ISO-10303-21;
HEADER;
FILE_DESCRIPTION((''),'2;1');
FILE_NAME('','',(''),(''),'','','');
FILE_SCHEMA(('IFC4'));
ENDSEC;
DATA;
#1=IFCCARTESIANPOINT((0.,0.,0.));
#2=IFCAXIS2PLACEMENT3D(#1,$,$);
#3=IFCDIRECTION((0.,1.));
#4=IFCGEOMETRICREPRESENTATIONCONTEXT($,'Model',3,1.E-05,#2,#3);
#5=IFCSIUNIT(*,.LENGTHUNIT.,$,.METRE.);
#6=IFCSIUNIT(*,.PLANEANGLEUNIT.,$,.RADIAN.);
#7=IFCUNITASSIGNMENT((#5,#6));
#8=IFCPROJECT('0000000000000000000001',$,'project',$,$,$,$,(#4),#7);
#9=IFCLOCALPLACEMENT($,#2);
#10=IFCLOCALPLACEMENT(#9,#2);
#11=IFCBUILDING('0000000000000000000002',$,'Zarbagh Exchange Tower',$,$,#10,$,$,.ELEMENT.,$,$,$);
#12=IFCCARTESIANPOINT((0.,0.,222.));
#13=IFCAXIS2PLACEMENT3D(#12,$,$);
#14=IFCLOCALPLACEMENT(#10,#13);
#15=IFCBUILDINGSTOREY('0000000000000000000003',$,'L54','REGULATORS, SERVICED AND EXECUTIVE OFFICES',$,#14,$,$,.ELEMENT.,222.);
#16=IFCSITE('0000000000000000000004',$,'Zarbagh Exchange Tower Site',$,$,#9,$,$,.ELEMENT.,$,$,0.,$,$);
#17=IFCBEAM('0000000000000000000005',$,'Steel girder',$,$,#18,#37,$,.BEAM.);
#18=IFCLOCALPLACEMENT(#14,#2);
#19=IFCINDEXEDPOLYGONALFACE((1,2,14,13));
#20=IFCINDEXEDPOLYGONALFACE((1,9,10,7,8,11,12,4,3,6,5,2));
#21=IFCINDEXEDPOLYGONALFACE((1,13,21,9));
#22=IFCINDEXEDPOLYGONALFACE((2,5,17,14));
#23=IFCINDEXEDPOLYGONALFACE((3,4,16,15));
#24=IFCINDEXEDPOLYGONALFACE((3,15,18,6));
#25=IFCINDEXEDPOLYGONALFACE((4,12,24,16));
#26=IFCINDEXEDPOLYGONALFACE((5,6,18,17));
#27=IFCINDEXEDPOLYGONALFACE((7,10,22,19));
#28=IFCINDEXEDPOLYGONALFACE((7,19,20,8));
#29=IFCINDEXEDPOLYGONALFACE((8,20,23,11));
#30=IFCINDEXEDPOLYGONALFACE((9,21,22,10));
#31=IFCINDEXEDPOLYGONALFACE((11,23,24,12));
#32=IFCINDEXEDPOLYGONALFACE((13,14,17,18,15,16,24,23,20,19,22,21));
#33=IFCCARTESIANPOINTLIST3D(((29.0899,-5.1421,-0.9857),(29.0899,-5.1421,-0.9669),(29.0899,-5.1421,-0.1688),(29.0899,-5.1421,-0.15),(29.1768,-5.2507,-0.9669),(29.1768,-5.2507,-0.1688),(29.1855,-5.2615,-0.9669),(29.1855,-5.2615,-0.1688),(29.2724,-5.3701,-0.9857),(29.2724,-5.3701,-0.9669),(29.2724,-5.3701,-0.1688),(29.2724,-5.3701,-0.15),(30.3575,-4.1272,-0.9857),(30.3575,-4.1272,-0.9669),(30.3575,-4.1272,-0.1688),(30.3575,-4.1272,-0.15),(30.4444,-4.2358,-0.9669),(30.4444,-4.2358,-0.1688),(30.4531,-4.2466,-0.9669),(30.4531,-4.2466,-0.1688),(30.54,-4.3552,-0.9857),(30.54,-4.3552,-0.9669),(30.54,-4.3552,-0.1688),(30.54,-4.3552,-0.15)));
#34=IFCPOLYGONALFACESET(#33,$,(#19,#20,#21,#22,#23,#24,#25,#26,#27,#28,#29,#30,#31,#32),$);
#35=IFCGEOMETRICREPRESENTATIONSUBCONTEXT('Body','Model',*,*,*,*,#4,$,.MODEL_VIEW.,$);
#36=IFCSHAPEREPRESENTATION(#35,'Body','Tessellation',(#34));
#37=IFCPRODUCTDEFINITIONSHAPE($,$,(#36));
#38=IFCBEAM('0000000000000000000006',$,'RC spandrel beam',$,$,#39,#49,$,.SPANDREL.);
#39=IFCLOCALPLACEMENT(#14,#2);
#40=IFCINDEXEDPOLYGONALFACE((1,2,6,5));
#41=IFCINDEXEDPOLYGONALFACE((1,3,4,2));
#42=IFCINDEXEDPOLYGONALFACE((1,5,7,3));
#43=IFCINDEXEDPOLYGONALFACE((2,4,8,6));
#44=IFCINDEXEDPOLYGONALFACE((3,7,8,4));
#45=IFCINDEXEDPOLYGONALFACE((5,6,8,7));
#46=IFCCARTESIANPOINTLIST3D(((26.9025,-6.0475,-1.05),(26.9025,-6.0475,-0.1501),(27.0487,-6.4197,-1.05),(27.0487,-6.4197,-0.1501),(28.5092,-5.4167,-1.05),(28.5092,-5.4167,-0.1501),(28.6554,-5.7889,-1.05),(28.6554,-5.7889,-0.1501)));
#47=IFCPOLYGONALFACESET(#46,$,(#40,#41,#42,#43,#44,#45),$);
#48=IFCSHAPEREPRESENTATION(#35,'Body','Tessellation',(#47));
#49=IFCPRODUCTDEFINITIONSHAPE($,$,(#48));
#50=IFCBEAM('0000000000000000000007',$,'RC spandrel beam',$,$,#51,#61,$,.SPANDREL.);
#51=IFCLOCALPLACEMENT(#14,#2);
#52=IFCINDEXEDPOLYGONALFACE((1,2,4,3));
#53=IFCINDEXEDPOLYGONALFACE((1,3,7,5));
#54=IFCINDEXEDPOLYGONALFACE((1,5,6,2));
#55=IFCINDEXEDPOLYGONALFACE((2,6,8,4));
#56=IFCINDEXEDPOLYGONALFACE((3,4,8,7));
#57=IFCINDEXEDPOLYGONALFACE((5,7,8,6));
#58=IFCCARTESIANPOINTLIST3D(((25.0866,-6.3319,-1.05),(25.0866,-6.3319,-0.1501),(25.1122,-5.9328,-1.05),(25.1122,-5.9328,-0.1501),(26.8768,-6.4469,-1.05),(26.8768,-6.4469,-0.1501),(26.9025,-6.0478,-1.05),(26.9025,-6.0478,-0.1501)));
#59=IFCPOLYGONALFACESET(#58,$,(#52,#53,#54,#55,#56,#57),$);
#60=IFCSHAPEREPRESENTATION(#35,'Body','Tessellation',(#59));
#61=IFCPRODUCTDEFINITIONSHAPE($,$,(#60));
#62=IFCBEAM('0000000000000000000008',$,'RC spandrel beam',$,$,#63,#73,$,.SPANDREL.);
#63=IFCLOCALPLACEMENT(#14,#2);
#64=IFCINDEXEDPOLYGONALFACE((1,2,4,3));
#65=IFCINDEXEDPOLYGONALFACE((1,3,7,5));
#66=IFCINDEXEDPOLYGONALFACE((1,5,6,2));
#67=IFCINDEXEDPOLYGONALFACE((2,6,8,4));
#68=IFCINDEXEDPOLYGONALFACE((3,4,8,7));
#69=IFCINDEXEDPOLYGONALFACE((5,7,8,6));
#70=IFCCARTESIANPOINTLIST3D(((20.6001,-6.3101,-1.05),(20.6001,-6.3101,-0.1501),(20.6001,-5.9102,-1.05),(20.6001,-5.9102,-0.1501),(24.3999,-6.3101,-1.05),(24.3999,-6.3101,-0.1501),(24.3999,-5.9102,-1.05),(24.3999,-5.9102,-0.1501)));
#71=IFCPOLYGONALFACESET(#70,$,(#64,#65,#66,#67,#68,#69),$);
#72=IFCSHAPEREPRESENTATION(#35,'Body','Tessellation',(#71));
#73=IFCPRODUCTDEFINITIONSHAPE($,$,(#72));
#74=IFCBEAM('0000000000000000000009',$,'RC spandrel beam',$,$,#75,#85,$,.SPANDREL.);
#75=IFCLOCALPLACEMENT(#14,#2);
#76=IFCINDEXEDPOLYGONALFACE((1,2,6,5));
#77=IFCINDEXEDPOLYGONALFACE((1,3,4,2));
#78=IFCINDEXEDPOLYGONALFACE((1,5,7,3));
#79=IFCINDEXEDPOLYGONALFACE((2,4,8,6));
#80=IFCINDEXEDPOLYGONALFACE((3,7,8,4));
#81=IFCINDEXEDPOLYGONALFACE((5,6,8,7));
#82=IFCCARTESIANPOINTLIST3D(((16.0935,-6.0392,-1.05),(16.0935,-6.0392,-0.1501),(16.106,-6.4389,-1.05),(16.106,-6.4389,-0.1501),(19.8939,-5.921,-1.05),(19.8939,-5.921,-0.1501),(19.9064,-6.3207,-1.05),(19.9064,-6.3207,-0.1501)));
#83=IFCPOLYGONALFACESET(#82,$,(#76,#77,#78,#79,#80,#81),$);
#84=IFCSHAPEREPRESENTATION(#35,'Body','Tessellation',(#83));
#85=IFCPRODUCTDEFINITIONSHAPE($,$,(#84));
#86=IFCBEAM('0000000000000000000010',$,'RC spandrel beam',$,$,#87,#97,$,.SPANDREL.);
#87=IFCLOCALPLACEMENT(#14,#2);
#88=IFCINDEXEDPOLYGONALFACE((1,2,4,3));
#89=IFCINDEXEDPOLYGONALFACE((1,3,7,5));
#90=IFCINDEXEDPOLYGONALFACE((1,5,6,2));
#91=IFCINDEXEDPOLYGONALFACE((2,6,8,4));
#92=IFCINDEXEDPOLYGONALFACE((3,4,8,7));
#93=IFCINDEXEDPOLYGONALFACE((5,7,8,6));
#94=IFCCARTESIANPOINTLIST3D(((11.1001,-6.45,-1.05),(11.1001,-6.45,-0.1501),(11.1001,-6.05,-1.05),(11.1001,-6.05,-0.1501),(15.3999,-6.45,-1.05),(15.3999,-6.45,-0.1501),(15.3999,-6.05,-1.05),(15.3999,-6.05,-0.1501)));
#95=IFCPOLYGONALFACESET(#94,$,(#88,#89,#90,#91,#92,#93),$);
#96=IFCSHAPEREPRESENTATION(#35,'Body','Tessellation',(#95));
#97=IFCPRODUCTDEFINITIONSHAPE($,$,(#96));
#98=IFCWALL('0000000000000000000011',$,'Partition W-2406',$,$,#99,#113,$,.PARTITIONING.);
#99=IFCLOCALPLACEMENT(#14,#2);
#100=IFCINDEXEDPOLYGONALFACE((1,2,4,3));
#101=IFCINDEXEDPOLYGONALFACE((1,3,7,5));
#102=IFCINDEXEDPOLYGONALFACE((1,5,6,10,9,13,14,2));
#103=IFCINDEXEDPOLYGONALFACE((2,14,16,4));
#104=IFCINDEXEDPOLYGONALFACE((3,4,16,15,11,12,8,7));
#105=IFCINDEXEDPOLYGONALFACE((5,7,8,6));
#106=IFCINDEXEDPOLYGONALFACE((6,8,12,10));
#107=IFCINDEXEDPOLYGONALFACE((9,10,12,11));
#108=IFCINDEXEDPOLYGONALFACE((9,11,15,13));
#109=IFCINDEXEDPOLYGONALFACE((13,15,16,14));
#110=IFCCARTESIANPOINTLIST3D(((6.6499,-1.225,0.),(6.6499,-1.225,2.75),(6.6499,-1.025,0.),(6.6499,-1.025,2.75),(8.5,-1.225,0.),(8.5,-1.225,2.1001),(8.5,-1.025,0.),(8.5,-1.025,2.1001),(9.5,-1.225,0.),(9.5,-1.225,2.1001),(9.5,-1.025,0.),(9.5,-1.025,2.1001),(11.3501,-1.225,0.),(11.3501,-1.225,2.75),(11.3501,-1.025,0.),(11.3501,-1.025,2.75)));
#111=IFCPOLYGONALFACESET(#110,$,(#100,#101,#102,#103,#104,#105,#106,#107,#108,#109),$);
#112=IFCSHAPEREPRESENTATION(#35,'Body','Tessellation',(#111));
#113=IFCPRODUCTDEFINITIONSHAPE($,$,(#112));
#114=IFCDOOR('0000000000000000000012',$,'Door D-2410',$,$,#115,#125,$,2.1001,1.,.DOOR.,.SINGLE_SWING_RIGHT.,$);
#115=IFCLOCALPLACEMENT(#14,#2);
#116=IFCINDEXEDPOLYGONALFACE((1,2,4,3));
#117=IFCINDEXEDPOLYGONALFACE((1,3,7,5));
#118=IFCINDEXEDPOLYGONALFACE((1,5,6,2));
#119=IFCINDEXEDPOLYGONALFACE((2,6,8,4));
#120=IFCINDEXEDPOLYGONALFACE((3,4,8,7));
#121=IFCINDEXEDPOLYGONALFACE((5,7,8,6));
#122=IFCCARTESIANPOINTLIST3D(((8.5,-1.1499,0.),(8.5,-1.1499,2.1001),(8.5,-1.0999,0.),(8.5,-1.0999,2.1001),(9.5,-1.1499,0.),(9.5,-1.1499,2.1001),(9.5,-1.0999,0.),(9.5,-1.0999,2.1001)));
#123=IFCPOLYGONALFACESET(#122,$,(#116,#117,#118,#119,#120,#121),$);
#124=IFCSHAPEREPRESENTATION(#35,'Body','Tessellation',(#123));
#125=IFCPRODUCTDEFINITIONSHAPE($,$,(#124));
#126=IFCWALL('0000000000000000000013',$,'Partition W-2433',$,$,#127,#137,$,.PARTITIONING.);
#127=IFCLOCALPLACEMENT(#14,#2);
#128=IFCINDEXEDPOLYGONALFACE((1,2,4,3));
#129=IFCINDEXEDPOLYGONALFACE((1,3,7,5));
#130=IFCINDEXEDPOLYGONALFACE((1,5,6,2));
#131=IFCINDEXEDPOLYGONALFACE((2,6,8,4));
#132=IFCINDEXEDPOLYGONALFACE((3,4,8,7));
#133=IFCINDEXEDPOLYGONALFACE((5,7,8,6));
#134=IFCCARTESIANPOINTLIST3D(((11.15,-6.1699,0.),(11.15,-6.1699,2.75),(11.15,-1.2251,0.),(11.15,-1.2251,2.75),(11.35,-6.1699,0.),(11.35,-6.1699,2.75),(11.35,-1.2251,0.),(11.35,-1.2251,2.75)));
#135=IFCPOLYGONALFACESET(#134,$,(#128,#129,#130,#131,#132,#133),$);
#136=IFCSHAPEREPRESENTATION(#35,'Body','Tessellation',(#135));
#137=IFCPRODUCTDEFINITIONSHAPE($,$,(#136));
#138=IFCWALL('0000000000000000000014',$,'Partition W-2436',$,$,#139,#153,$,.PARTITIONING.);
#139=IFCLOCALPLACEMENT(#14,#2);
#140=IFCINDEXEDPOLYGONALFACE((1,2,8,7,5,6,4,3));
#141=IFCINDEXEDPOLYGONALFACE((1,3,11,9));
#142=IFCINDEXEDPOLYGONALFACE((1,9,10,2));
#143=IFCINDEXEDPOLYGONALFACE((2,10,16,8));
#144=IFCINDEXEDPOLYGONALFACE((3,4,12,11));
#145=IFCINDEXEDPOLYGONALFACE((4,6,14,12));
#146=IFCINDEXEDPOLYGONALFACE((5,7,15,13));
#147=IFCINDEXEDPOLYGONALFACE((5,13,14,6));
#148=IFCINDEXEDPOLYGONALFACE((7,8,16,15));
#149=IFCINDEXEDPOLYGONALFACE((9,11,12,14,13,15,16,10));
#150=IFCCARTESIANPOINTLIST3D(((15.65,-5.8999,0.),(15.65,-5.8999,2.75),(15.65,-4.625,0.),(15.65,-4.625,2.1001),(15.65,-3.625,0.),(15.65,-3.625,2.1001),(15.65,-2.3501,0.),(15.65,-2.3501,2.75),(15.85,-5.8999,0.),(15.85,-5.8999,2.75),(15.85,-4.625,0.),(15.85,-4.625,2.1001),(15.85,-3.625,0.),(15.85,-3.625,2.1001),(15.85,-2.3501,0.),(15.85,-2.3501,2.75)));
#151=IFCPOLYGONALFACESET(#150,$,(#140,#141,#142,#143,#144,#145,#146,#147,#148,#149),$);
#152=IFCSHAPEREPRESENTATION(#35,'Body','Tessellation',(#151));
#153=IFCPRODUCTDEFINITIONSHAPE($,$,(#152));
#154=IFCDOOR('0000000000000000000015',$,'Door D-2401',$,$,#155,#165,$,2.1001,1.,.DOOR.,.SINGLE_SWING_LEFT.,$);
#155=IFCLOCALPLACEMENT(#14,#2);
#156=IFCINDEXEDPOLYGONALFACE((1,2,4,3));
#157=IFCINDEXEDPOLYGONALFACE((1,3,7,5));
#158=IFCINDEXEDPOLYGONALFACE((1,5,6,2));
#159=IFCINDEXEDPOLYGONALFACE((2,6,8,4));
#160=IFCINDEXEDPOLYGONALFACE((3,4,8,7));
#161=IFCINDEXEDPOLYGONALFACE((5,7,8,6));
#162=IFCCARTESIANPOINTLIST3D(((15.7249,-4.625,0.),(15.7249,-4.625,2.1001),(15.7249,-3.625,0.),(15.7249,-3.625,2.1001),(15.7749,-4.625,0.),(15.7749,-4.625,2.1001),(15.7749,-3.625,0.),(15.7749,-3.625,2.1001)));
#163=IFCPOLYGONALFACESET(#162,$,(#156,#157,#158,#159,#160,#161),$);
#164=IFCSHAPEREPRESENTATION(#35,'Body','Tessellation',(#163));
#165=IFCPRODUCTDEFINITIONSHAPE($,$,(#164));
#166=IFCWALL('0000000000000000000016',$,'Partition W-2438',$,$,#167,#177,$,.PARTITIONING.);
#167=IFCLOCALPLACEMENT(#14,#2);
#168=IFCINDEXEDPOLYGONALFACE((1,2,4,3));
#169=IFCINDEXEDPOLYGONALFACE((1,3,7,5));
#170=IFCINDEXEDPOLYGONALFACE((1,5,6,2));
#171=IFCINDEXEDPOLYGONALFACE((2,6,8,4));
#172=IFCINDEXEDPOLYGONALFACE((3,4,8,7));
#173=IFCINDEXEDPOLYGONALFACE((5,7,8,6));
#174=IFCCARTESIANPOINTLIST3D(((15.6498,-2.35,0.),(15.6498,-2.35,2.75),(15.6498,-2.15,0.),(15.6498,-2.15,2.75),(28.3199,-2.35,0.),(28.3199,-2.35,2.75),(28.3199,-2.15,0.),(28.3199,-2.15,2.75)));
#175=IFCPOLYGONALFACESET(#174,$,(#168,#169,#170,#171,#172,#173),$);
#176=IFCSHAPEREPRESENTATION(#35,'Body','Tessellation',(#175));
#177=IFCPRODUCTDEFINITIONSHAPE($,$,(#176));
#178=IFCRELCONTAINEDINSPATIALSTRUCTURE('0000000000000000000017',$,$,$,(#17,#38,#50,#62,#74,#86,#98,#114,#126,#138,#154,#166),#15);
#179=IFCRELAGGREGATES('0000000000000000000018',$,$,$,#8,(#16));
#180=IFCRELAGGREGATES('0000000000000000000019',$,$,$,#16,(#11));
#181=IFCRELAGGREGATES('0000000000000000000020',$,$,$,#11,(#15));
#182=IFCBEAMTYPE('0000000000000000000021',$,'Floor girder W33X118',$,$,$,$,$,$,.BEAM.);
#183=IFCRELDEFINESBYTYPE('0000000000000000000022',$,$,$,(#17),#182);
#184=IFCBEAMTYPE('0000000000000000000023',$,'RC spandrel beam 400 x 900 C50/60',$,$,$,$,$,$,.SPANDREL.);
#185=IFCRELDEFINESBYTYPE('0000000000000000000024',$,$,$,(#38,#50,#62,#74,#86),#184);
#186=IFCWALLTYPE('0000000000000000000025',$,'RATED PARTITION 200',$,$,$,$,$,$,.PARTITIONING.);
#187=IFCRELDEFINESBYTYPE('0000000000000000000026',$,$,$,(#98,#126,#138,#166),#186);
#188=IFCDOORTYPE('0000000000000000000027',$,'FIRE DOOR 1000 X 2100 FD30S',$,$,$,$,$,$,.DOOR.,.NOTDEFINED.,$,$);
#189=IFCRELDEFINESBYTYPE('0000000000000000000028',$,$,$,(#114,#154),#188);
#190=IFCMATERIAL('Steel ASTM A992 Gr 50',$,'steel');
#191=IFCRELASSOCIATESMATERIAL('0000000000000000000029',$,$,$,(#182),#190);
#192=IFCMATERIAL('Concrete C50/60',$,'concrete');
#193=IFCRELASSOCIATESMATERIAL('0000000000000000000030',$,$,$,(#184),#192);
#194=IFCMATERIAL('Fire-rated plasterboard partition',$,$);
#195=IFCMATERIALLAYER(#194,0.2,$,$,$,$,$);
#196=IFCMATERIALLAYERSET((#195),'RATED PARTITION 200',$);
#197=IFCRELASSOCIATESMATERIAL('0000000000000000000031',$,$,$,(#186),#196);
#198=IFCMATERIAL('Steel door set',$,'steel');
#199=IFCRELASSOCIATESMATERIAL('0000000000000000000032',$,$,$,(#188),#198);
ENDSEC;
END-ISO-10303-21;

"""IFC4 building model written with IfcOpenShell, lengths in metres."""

from ifc_helpers import new_model, si_unit, direction, frame, frame_2d, origin, origin_2d, place, context, subcontext, project, spatial, rectangle, i_section, extrude, material, layer, layer_set, material_profile, profile_set, type_object, element, fill, save


model = new_model("IFC4")

# Units and contexts
model_context = context("Model", 3, precision=1e-05, world=origin(), true_north=direction((0.0, 1.0)))
body_context = subcontext(model_context, "Body", "Model", "MODEL_VIEW")
ifc_project = project(units=[si_unit("LENGTHUNIT", "METRE"), si_unit("PLANEANGLEUNIT", "RADIAN")], contexts=[model_context])

# Site, building, storey
site_placement = place(None, origin())
site = spatial("IfcSite", under=ifc_project, at=site_placement, Name="Zarbagh Exchange Tower Site", CompositionType="ELEMENT", RefElevation=0.0)
building_placement = place(site_placement, origin())
building = spatial("IfcBuilding", under=site, at=building_placement, Name="Zarbagh Exchange Tower", CompositionType="ELEMENT")
storey_placement = place(building_placement, frame((0.0, 0.0, 222.0)))
storey = spatial("IfcBuildingStorey", under=building, at=storey_placement, Name="L54", Description="REGULATORS, SERVICED AND EXECUTIVE OFFICES", CompositionType="ELEMENT", Elevation=222.0)

# Shared definitions
ifc_material_1 = material(Name="Concrete C50/60", Category="concrete")

# Beams
ifc_material_2 = material(Name="Steel ASTM A992 Gr 50", Category="steel")
ifc_material_profile_1 = material_profile(ifc_material_2, i_section(OverallWidth=0.292, OverallDepth=0.8357, WebThickness=0.0139, FlangeThickness=0.0188, at=origin_2d()), Name="W33X118")
ifc_profile_set_1 = profile_set([ifc_material_profile_1], Name="Steel ASTM A992 Gr 50")
beam_type_1 = type_object("IfcBeamType", Name="Floor girder W33X118", PredefinedType="BEAM", material=ifc_profile_set_1)
beam_1_placement = place(storey_placement, frame((30.4487, -4.2412, -0.5679), z_axis=(-0.780619, -0.625007, 0.0), x_axis=(0.625007, -0.780619, 0.0)))
element("IfcBeam", 1, at=beam_1_placement, inside=storey, type_object=beam_type_1, Name="Steel girder", PredefinedType="BEAM", context=body_context, shape_type="SweptSolid", body=[
    extrude(i_section(OverallWidth=0.292, OverallDepth=0.8357, WebThickness=0.0139, FlangeThickness=0.0188, at=origin_2d()), origin(), (0.0, 0.0, 1.0), 1.6238),
])
ifc_material_profile_2 = material_profile(ifc_material_1, rectangle(XDim=0.3999, YDim=0.8999, at=origin_2d()), Name="RC spandrel beam 400 x 900 C50/60")
ifc_profile_set_2 = profile_set([ifc_material_profile_2], Name="Concrete C50/60")
beam_type_2 = type_object("IfcBeamType", Name="RC spandrel beam 400 x 900 C50/60", PredefinedType="SPANDREL", material=ifc_profile_set_2)
beam_2_placement = place(storey_placement, frame((28.5823, -5.6028, -0.6001), z_axis=(-0.930819, -0.365482, 0.0), x_axis=(0.365482, -0.930819, 0.0)))
element("IfcBeam", 2, at=beam_2_placement, inside=storey, type_object=beam_type_2, Name="RC spandrel beam", PredefinedType="SPANDREL", context=body_context, shape_type="SweptSolid", body=[
    extrude(rectangle(XDim=0.3999, YDim=0.8999, at=origin_2d()), origin(), (0.0, 0.0, 1.0), 1.7261),
])
beam_3_placement = place(storey_placement, frame((26.8896, -6.2473, -0.6001), z_axis=(-0.997944, 0.064098, 0.0), x_axis=(-0.064098, -0.997944, 0.0)))
element("IfcBeam", 3, at=beam_3_placement, inside=storey, type_object=beam_type_2, Name="RC spandrel beam", PredefinedType="SPANDREL", context=body_context, shape_type="SweptSolid", body=[
    extrude(rectangle(XDim=0.3999, YDim=0.8999, at=origin_2d()), origin(), (0.0, 0.0, 1.0), 1.7939),
])
beam_4_placement = place(storey_placement, frame((24.3999, -6.1101, -0.6001), z_axis=(-1.0, 0.0, 0.0), x_axis=(0.0, -1.0, 0.0)))
element("IfcBeam", 4, at=beam_4_placement, inside=storey, type_object=beam_type_2, Name="RC spandrel beam", PredefinedType="SPANDREL", context=body_context, shape_type="SweptSolid", body=[
    extrude(rectangle(XDim=0.3999, YDim=0.8999, at=origin_2d()), origin(), (0.0, 0.0, 1.0), 3.7998),
])
beam_5_placement = place(storey_placement, frame((19.9001, -6.1208, -0.6001), z_axis=(-0.999517, -0.031078, 0.0), x_axis=(0.031078, -0.999517, 0.0)))
element("IfcBeam", 5, at=beam_5_placement, inside=storey, type_object=beam_type_2, Name="RC spandrel beam", PredefinedType="SPANDREL", context=body_context, shape_type="SweptSolid", body=[
    extrude(rectangle(XDim=0.3999, YDim=0.8999, at=origin_2d()), origin(), (0.0, 0.0, 1.0), 3.8022),
])
beam_6_placement = place(storey_placement, frame((15.3999, -6.25, -0.6001), z_axis=(-1.0, 0.0, 0.0), x_axis=(0.0, -1.0, 0.0)))
element("IfcBeam", 6, at=beam_6_placement, inside=storey, type_object=beam_type_2, Name="RC spandrel beam", PredefinedType="SPANDREL", context=body_context, shape_type="SweptSolid", body=[
    extrude(rectangle(XDim=0.3999, YDim=0.8999, at=origin_2d()), origin(), (0.0, 0.0, 1.0), 4.2998),
])

# Wall, opening, door
ifc_material_3 = material(Name="Fire-rated plasterboard partition")
ifc_layer = layer(ifc_material_3, 0.2)
ifc_layer_set = layer_set([ifc_layer], Name="RATED PARTITION 200")
wall_type = type_object("IfcWallType", Name="RATED PARTITION 200", PredefinedType="PARTITIONING", material=ifc_layer_set)
wall_1_placement = place(storey_placement, frame((11.3501, -1.125, 0.0), z_axis=(0.0, 0.0, 1.0), x_axis=(-1.0, 0.0, 0.0)))
wall_1 = element("IfcWall", 7, at=wall_1_placement, inside=storey, type_object=wall_type, Name="Partition W-2406", PredefinedType="PARTITIONING", context=body_context, shape_type="SweptSolid", body=[
    extrude(rectangle(XDim=4.7002, YDim=0.2, at=frame_2d((2.3501, 0.0))), origin(), (0.0, 0.0, 1.0), 2.75),
])
opening_1_placement = place(wall_1_placement, frame((1.8501, 0.0, 0.0)))
opening_1 = element("IfcOpeningElement", 8, at=opening_1_placement, cuts=wall_1, PredefinedType="OPENING", context=body_context, shape_type="SweptSolid", body=[
    extrude(rectangle(XDim=1.0, YDim=2.1001, at=frame_2d((0.5, 1.05))), frame((0.0, 0.1099, 0.0), z_axis=(0.0, -1.0, 0.0), x_axis=(1.0, 0.0, 0.0)), (0.0, 0.0, 1.0), 0.22),
])
ifc_material_4 = material(Name="Steel door set", Category="steel")
door_type = type_object("IfcDoorType", Name="FIRE DOOR 1000 X 2100 FD30S", OperationType="NOTDEFINED", PredefinedType="DOOR", material=ifc_material_4)
door_1_placement = place(opening_1_placement, origin())
door_1 = element("IfcDoor", 9, at=door_1_placement, inside=storey, type_object=door_type, Name="Door D-2410", OperationType="SINGLE_SWING_RIGHT", OverallHeight=2.1001, OverallWidth=1.0, PredefinedType="DOOR", context=body_context, shape_type="SweptSolid", body=[
    extrude(rectangle(XDim=1.0, YDim=2.1001, at=frame_2d((0.5, 1.05))), frame((0.0, 0.0249, 0.0), z_axis=(0.0, -1.0, 0.0), x_axis=(1.0, 0.0, 0.0)), (0.0, 0.0, 1.0), 0.05),
])
fill(opening_1, door_1)

# Wall
wall_2_placement = place(storey_placement, frame((11.25, -6.1699, 0.0), z_axis=(0.0, 0.0, 1.0), x_axis=(0.0, 1.0, 0.0)))
element("IfcWall", 10, at=wall_2_placement, inside=storey, type_object=wall_type, Name="Partition W-2433", PredefinedType="PARTITIONING", context=body_context, shape_type="SweptSolid", body=[
    extrude(rectangle(XDim=4.9448, YDim=0.2, at=frame_2d((2.4724, 0.0))), origin(), (0.0, 0.0, 1.0), 2.75),
])

# Wall, opening, door
wall_3_placement = place(storey_placement, frame((15.75, -2.3501, 0.0), z_axis=(0.0, 0.0, 1.0), x_axis=(0.0, -1.0, 0.0)))
wall_3 = element("IfcWall", 11, at=wall_3_placement, inside=storey, type_object=wall_type, Name="Partition W-2436", PredefinedType="PARTITIONING", context=body_context, shape_type="SweptSolid", body=[
    extrude(rectangle(XDim=3.5498, YDim=0.2, at=frame_2d((1.7749, 0.0))), origin(), (0.0, 0.0, 1.0), 2.75),
])
opening_2_placement = place(wall_3_placement, frame((1.2749, 0.0, 0.0)))
opening_2 = element("IfcOpeningElement", 12, at=opening_2_placement, cuts=wall_3, PredefinedType="OPENING", context=body_context, shape_type="SweptSolid", body=[
    extrude(rectangle(XDim=1.0, YDim=2.1001, at=frame_2d((0.5, 1.05))), frame((0.0, 0.1099, 0.0), z_axis=(0.0, -1.0, 0.0), x_axis=(1.0, 0.0, 0.0)), (0.0, 0.0, 1.0), 0.22),
])
door_2_placement = place(opening_2_placement, origin())
door_2 = element("IfcDoor", 13, at=door_2_placement, inside=storey, type_object=door_type, Name="Door D-2401", OperationType="SINGLE_SWING_LEFT", OverallHeight=2.1001, OverallWidth=1.0, PredefinedType="DOOR", context=body_context, shape_type="SweptSolid", body=[
    extrude(rectangle(XDim=1.0, YDim=2.1001, at=frame_2d((0.5, 1.05))), frame((0.0, 0.0249, 0.0), z_axis=(0.0, -1.0, 0.0), x_axis=(1.0, 0.0, 0.0)), (0.0, 0.0, 1.0), 0.05),
])
fill(opening_2, door_2)

# Wall
wall_4_placement = place(storey_placement, frame((15.6499, -2.25, 0.0), z_axis=(0.0, 0.0, 1.0), x_axis=(1.0, 0.0, 0.0)))
element("IfcWall", 14, at=wall_4_placement, inside=storey, type_object=wall_type, Name="Partition W-2438", PredefinedType="PARTITIONING", context=body_context, shape_type="SweptSolid", body=[
    extrude(rectangle(XDim=12.6702, YDim=0.2, at=frame_2d((6.335, 0.0))), origin(), (0.0, 0.0, 1.0), 2.75),
])

save(model, "model.ifc")
